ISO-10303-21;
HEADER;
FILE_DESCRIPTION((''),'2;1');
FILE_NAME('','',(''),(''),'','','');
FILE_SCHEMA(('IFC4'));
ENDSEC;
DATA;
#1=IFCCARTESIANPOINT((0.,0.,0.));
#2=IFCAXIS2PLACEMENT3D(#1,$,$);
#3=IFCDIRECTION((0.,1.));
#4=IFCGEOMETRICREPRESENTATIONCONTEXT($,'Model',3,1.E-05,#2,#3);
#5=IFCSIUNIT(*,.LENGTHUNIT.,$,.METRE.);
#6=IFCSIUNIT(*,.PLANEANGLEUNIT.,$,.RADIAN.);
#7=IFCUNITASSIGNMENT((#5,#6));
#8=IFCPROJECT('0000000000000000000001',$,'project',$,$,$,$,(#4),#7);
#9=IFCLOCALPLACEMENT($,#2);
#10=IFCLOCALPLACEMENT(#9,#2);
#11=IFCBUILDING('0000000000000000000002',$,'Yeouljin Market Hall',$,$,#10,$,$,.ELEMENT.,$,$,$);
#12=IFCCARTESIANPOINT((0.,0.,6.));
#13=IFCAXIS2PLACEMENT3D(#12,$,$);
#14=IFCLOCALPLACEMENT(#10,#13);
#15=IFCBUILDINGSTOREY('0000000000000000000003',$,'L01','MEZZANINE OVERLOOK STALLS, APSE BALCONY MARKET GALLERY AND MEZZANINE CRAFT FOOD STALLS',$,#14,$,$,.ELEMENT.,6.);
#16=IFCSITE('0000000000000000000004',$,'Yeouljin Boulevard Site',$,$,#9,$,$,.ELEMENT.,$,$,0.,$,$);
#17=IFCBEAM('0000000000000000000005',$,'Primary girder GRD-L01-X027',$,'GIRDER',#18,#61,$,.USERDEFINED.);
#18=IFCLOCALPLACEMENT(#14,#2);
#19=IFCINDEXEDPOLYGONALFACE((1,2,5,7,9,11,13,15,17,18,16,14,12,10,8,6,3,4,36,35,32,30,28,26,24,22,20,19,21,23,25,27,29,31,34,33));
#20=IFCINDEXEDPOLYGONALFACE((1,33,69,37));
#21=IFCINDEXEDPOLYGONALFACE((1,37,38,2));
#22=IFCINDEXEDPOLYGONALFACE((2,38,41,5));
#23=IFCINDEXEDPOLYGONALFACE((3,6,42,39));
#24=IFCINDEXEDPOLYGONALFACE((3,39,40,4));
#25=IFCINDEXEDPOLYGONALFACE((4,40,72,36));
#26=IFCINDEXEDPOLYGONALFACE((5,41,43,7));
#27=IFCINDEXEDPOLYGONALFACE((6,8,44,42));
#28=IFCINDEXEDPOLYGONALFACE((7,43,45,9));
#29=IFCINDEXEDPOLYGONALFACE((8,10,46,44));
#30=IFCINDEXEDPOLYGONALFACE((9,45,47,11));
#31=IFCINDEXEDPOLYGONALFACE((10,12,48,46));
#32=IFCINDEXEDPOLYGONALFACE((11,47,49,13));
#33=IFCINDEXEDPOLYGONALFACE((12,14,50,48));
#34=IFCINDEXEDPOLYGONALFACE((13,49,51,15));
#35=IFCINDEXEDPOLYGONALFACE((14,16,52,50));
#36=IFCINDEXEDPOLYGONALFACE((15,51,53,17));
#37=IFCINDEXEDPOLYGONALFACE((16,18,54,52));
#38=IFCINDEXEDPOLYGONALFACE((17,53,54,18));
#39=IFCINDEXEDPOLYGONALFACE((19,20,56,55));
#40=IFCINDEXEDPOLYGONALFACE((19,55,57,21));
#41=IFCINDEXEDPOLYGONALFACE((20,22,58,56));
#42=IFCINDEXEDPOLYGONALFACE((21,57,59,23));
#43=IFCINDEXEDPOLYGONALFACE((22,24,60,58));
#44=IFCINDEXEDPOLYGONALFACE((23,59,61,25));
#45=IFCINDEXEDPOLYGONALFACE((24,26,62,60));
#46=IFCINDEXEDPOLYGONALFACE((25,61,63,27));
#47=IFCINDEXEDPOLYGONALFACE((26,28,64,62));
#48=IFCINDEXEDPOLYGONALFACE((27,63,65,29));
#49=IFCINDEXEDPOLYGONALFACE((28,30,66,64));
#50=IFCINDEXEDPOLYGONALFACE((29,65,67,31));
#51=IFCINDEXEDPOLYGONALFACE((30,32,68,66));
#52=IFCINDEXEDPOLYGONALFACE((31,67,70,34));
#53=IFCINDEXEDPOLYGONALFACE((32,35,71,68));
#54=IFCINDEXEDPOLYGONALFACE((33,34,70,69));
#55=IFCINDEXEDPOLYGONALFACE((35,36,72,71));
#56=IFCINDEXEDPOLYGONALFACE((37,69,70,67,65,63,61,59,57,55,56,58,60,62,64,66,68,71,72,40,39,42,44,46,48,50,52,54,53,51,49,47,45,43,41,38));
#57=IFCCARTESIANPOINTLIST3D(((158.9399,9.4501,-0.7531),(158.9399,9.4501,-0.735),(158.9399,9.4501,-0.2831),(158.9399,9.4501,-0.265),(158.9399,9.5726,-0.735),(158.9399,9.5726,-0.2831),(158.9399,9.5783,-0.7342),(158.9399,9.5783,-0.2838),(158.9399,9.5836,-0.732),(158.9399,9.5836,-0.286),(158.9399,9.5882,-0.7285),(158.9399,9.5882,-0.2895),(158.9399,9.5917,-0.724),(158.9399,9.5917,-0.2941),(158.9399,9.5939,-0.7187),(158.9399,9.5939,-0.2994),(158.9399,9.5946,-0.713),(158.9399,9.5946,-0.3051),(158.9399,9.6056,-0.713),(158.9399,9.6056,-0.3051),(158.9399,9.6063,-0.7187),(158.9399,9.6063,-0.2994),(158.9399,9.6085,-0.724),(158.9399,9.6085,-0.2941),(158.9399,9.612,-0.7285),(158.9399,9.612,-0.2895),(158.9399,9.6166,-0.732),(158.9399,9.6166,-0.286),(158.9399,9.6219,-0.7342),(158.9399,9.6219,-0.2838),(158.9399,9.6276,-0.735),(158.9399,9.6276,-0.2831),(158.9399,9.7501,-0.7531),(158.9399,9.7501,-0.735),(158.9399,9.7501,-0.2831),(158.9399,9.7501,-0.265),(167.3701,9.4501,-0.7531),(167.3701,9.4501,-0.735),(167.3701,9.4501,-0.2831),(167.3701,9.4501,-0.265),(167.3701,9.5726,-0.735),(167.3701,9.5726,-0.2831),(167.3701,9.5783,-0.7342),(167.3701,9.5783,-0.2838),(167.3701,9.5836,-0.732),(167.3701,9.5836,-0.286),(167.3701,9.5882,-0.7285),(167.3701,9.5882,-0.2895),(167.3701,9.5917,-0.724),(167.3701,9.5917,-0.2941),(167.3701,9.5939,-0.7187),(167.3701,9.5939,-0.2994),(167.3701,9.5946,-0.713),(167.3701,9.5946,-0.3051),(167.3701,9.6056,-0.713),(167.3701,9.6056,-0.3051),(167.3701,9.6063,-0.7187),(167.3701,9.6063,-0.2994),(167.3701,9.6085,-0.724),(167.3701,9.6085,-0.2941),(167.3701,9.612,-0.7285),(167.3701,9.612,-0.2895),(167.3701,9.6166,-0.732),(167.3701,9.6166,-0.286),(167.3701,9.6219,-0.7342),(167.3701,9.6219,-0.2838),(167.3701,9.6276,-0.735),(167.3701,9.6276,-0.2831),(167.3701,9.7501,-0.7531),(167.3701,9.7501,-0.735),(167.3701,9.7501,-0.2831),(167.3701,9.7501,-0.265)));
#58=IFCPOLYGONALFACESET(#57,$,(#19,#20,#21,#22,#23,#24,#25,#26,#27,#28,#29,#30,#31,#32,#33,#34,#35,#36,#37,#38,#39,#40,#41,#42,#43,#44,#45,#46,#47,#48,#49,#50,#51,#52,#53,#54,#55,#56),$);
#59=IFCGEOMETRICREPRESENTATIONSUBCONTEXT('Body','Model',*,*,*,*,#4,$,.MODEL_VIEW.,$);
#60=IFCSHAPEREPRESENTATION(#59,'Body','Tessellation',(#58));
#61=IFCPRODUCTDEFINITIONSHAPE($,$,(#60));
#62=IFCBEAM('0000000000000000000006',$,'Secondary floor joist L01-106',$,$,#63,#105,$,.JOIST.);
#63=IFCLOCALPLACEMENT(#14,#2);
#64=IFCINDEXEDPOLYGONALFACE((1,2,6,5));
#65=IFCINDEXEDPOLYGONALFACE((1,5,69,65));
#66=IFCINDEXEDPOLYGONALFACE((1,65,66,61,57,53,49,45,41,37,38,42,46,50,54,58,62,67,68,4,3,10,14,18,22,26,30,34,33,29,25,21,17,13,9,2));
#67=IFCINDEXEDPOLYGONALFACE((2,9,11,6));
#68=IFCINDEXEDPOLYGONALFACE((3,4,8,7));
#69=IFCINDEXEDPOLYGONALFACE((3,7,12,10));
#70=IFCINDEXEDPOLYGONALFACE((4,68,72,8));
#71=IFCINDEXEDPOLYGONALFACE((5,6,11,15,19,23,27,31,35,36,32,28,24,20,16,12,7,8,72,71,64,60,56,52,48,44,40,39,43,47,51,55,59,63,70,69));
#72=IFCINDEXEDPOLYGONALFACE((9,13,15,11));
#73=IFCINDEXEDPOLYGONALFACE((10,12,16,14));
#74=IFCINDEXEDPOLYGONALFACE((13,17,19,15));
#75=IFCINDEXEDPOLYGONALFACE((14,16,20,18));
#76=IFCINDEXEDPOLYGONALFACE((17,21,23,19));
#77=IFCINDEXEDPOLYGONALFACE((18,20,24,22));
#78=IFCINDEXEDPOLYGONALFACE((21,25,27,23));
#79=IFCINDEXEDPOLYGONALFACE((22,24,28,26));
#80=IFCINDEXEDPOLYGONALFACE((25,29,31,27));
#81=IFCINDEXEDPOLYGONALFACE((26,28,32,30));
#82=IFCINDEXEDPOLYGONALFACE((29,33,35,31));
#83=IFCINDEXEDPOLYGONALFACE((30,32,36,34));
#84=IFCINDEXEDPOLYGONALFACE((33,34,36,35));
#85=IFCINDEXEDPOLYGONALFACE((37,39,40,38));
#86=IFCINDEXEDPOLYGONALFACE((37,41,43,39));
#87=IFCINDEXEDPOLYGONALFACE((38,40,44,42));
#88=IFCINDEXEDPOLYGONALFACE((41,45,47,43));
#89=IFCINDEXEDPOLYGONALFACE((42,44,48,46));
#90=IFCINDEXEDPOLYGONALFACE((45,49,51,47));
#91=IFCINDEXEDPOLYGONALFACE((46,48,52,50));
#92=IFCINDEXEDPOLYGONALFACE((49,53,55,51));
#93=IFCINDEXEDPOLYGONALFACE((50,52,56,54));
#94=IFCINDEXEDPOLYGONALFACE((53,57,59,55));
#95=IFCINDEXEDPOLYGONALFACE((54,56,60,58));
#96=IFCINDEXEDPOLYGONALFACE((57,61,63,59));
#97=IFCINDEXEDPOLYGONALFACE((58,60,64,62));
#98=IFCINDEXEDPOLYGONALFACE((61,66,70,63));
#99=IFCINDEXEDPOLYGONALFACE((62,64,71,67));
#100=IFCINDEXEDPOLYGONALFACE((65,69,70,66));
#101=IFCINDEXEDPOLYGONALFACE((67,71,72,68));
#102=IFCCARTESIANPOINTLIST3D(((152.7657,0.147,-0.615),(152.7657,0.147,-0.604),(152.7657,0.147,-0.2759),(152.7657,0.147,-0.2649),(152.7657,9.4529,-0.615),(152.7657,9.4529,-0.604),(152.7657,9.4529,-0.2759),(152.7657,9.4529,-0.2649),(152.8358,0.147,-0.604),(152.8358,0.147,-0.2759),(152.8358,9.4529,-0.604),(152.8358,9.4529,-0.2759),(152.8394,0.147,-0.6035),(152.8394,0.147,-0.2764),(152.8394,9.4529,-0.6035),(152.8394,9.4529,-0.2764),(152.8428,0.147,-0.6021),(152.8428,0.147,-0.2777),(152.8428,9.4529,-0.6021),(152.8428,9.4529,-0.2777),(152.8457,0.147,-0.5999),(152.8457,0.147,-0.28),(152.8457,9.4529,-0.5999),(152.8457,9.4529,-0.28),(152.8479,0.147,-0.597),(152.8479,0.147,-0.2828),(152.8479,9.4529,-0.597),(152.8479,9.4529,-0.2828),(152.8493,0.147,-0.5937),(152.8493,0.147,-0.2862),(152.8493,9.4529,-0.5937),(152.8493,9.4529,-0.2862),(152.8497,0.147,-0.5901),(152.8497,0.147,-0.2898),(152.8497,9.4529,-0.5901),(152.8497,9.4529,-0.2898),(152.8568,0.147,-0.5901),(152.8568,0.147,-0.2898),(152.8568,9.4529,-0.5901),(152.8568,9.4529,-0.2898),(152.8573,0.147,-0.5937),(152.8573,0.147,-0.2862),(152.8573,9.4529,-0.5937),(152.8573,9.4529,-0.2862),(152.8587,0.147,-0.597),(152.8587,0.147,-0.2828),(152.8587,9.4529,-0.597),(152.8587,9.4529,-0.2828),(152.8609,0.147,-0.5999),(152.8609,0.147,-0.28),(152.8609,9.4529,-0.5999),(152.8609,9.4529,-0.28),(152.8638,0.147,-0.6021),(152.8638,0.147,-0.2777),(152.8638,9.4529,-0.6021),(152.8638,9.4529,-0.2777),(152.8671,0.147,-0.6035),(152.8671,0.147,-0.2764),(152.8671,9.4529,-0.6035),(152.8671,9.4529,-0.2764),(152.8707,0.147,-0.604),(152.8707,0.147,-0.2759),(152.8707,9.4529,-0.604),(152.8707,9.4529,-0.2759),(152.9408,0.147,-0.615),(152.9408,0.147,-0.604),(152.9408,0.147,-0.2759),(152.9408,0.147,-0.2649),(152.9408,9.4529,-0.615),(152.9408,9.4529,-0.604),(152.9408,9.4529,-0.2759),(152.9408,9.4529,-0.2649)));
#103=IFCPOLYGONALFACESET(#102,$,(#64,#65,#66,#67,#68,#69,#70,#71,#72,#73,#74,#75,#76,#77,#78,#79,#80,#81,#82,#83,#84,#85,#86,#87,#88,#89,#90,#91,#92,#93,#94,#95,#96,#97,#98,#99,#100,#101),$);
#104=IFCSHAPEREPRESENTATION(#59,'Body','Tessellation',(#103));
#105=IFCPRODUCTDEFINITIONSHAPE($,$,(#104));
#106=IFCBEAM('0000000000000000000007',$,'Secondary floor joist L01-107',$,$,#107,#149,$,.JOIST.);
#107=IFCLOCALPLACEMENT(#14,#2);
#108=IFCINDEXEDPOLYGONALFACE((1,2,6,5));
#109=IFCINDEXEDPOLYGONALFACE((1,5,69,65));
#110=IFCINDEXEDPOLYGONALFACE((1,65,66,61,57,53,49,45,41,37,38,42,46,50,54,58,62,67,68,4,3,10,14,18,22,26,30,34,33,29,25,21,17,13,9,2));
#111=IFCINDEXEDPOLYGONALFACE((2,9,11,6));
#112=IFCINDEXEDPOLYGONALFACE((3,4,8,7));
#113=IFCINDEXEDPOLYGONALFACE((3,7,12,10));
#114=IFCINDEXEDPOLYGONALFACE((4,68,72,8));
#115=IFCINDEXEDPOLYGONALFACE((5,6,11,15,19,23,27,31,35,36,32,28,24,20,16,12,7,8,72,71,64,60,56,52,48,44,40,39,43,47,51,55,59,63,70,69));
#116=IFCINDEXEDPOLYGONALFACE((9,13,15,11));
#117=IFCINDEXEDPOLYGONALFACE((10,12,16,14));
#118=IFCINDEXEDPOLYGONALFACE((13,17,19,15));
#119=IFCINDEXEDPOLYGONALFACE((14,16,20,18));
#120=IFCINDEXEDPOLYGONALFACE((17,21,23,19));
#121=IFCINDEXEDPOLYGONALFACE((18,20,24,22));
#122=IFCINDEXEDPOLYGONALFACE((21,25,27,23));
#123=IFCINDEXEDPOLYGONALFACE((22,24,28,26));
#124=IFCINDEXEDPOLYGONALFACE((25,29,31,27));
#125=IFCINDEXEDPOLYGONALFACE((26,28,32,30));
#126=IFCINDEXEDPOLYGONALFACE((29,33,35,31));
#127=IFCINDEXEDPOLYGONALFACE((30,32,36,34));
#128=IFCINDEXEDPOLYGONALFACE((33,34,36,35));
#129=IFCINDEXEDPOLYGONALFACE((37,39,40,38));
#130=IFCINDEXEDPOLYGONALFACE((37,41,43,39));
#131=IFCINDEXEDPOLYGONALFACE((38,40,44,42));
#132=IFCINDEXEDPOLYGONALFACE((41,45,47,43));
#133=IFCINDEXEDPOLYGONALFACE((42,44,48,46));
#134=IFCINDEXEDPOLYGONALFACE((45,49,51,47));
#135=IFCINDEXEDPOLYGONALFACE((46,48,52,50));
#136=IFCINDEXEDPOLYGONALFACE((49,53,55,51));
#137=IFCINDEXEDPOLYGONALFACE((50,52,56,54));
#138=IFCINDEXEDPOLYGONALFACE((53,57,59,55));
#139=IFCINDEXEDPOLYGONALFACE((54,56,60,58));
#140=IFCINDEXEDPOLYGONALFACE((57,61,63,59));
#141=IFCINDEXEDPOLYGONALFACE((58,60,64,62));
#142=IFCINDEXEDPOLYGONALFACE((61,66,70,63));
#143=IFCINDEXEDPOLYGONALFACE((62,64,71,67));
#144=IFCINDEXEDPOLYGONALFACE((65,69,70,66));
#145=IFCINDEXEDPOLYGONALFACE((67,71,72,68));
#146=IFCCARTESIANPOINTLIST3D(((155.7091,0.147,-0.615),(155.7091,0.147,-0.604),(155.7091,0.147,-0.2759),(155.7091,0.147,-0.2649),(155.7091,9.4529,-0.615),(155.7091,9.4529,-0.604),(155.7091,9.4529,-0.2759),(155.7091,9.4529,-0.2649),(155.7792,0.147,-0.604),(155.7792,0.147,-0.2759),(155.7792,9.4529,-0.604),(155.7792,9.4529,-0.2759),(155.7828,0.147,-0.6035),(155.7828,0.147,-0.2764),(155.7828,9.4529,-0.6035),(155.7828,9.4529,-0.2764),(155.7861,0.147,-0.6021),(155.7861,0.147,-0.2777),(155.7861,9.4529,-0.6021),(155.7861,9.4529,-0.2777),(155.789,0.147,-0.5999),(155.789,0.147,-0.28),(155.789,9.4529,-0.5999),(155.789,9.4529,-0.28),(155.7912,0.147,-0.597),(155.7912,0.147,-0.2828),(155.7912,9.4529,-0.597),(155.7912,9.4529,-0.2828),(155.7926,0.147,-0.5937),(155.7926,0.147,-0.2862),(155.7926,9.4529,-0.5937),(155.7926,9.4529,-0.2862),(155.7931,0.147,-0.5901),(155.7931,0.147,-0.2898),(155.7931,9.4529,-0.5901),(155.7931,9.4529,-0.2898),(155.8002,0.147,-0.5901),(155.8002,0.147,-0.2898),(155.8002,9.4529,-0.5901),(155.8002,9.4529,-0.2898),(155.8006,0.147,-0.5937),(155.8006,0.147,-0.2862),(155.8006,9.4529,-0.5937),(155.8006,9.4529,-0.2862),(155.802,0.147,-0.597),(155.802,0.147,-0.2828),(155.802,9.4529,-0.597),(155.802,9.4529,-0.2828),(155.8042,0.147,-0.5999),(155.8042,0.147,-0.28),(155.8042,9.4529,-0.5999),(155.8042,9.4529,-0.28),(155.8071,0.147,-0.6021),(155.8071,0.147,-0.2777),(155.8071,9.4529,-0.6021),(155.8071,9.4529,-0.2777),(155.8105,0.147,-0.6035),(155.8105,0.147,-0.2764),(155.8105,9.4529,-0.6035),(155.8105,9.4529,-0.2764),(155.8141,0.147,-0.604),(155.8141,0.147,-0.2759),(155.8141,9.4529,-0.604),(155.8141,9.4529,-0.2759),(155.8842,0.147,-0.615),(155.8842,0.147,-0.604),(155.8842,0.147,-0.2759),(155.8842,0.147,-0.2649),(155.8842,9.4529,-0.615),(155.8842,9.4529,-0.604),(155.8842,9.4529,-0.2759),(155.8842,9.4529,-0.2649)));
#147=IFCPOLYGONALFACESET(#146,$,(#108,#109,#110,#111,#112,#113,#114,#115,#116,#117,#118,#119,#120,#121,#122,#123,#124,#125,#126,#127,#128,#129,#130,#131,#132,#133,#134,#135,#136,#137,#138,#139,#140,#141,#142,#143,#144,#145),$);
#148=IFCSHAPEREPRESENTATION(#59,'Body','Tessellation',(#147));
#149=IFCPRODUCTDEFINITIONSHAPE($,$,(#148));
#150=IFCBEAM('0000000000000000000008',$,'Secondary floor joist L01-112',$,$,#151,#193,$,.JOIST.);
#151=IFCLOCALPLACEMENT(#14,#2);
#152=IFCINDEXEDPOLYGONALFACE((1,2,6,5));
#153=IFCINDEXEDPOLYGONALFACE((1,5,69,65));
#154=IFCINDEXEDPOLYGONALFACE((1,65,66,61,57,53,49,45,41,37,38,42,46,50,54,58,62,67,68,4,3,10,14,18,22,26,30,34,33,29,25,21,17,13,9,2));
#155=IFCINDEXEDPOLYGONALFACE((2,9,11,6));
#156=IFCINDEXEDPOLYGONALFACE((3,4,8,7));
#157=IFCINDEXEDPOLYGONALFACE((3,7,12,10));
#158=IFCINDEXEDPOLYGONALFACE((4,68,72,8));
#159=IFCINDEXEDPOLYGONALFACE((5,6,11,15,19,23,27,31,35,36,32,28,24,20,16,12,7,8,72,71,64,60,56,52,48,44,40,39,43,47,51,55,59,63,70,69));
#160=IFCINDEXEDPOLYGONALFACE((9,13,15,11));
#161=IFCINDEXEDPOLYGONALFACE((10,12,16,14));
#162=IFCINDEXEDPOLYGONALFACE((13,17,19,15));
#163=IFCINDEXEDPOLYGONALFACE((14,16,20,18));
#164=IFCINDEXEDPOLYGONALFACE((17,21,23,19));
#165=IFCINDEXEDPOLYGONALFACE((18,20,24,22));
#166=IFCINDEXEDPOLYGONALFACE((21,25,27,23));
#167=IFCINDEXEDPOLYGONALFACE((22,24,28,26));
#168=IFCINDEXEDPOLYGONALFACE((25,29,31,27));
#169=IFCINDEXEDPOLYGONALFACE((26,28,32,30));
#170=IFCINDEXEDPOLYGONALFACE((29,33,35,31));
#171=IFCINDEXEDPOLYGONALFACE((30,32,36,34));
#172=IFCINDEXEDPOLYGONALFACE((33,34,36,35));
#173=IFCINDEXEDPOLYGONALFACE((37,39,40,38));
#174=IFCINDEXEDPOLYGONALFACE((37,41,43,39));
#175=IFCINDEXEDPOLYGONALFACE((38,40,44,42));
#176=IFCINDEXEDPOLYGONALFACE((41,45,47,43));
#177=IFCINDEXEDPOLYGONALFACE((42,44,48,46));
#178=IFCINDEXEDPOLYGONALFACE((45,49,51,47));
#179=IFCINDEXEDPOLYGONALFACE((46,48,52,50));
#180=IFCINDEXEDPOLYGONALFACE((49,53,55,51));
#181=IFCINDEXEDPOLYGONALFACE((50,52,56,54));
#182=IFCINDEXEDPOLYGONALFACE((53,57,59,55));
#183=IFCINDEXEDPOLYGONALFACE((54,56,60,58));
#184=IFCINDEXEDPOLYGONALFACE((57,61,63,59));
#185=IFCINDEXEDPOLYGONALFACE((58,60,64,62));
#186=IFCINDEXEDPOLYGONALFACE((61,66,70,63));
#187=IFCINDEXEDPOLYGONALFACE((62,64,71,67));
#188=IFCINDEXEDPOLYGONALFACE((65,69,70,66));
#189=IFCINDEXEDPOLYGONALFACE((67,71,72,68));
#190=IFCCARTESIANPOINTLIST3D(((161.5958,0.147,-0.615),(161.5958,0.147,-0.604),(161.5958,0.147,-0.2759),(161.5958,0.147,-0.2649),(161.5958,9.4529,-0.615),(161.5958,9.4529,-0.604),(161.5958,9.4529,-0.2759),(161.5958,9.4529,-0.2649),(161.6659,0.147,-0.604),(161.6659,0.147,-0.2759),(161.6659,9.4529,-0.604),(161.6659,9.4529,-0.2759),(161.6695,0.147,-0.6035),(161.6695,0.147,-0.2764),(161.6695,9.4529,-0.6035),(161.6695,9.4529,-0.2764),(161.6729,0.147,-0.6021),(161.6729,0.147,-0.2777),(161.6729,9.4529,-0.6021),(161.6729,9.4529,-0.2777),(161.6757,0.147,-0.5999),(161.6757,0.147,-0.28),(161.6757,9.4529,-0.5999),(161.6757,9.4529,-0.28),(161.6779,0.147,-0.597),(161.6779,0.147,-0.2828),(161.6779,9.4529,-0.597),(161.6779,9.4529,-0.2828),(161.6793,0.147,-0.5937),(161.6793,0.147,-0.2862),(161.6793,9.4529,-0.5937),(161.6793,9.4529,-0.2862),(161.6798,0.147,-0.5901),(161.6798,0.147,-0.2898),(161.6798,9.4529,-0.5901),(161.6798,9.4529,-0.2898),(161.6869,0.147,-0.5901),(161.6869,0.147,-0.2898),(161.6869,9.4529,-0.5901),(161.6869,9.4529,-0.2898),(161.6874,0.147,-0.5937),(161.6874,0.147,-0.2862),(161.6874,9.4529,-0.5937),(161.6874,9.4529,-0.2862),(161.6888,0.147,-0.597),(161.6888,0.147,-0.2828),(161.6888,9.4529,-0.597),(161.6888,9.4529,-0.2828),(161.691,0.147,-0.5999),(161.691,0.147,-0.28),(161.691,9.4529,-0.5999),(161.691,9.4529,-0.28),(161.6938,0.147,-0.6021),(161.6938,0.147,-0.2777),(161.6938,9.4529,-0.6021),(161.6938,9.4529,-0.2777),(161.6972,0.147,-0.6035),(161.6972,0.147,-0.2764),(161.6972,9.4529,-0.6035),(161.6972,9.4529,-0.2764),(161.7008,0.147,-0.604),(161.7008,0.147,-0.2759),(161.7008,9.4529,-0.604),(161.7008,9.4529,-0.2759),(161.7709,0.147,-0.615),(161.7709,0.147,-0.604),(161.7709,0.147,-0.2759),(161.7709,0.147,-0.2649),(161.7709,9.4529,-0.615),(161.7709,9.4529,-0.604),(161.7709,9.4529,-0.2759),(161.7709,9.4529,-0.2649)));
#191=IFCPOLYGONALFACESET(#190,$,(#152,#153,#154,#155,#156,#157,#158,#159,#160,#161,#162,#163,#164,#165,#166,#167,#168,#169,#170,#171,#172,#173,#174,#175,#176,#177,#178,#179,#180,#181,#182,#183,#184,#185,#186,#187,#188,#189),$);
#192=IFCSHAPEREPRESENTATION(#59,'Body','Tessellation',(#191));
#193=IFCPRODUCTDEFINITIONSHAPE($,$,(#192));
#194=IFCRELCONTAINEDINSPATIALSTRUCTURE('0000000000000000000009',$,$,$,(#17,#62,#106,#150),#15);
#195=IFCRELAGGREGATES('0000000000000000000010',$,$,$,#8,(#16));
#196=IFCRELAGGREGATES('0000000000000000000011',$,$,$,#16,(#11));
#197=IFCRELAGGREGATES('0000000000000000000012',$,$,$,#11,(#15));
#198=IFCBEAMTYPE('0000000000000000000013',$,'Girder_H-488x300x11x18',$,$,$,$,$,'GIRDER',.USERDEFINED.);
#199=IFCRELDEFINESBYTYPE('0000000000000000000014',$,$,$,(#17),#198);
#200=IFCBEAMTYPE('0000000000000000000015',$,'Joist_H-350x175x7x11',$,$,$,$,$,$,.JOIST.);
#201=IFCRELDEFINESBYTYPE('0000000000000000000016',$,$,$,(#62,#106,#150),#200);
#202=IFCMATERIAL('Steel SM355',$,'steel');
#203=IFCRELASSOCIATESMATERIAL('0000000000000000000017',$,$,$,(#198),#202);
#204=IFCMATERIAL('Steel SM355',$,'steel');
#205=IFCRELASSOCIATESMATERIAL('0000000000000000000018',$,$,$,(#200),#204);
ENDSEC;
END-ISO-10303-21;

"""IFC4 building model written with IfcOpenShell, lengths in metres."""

from ifc_helpers import new_model, si_unit, direction, frame, origin, origin_2d, place, context, subcontext, project, spatial, i_section, extrude, material, material_profile, profile_set, type_object, element, save


model = new_model("IFC4")

# Units and contexts
model_context = context("Model", 3, precision=1e-05, world=origin(), true_north=direction((0.0, 1.0)))
body_context = subcontext(model_context, "Body", "Model", "MODEL_VIEW")
ifc_project = project(units=[si_unit("LENGTHUNIT", "METRE"), si_unit("PLANEANGLEUNIT", "RADIAN")], contexts=[model_context])

# Site, building, storey
site_placement = place(None, origin())
site = spatial("IfcSite", under=ifc_project, at=site_placement, Name="Yeouljin Boulevard Site", CompositionType="ELEMENT", RefElevation=0.0)
building_placement = place(site_placement, origin())
building = spatial("IfcBuilding", under=site, at=building_placement, Name="Yeouljin Market Hall", CompositionType="ELEMENT")
storey_placement = place(building_placement, frame((0.0, 0.0, 6.0)))
storey = spatial("IfcBuildingStorey", under=building, at=storey_placement, Name="L01", Description="MEZZANINE OVERLOOK STALLS, APSE BALCONY MARKET GALLERY AND MEZZANINE CRAFT FOOD STALLS", CompositionType="ELEMENT", Elevation=6.0)

# Beams
ifc_material_1 = material(Name="Steel SM355", Category="steel")
ifc_material_profile_1 = material_profile(ifc_material_1, i_section(OverallWidth=0.3, OverallDepth=0.488, WebThickness=0.011, FlangeThickness=0.0181, FilletRadius=0.022, at=origin_2d()), Name="H-488x300x11x18")
ifc_profile_set_1 = profile_set([ifc_material_profile_1], Name="Steel SM355")
beam_type_1 = type_object("IfcBeamType", Name="Girder_H-488x300x11x18", ElementType="GIRDER", PredefinedType="USERDEFINED", material=ifc_profile_set_1)
beam_1_placement = place(storey_placement, frame((158.9399, 9.6001, -0.509), z_axis=(1.0, 0.0, 0.0), x_axis=(0.0, 1.0, 0.0)))
element("IfcBeam", 1, at=beam_1_placement, inside=storey, type_object=beam_type_1, Name="Primary girder GRD-L01-X027", ObjectType="GIRDER", PredefinedType="USERDEFINED", context=body_context, shape_type="SweptSolid", body=[
    extrude(i_section(OverallWidth=0.3, OverallDepth=0.488, WebThickness=0.011, FlangeThickness=0.0181, FilletRadius=0.022, at=origin_2d()), origin(), (0.0, 0.0, 1.0), 8.4302),
])
ifc_material_2 = material(Name="Steel SM355", Category="steel")
ifc_material_profile_2 = material_profile(ifc_material_2, i_section(OverallWidth=0.175, OverallDepth=0.3501, WebThickness=0.0071, FlangeThickness=0.011, FilletRadius=0.0139, at=origin_2d()), Name="H-350x175x7x11")
ifc_profile_set_2 = profile_set([ifc_material_profile_2], Name="Steel SM355")
beam_type_2 = type_object("IfcBeamType", Name="Joist_H-350x175x7x11", PredefinedType="JOIST", material=ifc_profile_set_2)
for number, where, z_axis, x_axis, name in (
    (2, (152.8533, 0.147, -0.4399), (0.0, 1.0, 0.0), (-1.0, 0.0, 0.0), "Secondary floor joist L01-106"),
    (3, (155.7966, 0.147, -0.4399), (0.0, 1.0, 0.0), (-1.0, 0.0, 0.0), "Secondary floor joist L01-107"),
    (4, (161.6833, 0.147, -0.4399), (0.0, 1.0, 0.0), (-1.0, 0.0, 0.0), "Secondary floor joist L01-112"),
):
    element("IfcBeam", number, at=place(storey_placement, frame(where, z_axis=z_axis, x_axis=x_axis)), inside=storey, type_object=beam_type_2, Name=name, PredefinedType="JOIST", context=body_context, shape_type="SweptSolid", body=[
        extrude(i_section(OverallWidth=0.175, OverallDepth=0.3501, WebThickness=0.0071, FlangeThickness=0.011, FilletRadius=0.0139, at=origin_2d()), origin(), (0.0, 0.0, 1.0), 9.3059),
    ])

save(model, "model.ifc")
